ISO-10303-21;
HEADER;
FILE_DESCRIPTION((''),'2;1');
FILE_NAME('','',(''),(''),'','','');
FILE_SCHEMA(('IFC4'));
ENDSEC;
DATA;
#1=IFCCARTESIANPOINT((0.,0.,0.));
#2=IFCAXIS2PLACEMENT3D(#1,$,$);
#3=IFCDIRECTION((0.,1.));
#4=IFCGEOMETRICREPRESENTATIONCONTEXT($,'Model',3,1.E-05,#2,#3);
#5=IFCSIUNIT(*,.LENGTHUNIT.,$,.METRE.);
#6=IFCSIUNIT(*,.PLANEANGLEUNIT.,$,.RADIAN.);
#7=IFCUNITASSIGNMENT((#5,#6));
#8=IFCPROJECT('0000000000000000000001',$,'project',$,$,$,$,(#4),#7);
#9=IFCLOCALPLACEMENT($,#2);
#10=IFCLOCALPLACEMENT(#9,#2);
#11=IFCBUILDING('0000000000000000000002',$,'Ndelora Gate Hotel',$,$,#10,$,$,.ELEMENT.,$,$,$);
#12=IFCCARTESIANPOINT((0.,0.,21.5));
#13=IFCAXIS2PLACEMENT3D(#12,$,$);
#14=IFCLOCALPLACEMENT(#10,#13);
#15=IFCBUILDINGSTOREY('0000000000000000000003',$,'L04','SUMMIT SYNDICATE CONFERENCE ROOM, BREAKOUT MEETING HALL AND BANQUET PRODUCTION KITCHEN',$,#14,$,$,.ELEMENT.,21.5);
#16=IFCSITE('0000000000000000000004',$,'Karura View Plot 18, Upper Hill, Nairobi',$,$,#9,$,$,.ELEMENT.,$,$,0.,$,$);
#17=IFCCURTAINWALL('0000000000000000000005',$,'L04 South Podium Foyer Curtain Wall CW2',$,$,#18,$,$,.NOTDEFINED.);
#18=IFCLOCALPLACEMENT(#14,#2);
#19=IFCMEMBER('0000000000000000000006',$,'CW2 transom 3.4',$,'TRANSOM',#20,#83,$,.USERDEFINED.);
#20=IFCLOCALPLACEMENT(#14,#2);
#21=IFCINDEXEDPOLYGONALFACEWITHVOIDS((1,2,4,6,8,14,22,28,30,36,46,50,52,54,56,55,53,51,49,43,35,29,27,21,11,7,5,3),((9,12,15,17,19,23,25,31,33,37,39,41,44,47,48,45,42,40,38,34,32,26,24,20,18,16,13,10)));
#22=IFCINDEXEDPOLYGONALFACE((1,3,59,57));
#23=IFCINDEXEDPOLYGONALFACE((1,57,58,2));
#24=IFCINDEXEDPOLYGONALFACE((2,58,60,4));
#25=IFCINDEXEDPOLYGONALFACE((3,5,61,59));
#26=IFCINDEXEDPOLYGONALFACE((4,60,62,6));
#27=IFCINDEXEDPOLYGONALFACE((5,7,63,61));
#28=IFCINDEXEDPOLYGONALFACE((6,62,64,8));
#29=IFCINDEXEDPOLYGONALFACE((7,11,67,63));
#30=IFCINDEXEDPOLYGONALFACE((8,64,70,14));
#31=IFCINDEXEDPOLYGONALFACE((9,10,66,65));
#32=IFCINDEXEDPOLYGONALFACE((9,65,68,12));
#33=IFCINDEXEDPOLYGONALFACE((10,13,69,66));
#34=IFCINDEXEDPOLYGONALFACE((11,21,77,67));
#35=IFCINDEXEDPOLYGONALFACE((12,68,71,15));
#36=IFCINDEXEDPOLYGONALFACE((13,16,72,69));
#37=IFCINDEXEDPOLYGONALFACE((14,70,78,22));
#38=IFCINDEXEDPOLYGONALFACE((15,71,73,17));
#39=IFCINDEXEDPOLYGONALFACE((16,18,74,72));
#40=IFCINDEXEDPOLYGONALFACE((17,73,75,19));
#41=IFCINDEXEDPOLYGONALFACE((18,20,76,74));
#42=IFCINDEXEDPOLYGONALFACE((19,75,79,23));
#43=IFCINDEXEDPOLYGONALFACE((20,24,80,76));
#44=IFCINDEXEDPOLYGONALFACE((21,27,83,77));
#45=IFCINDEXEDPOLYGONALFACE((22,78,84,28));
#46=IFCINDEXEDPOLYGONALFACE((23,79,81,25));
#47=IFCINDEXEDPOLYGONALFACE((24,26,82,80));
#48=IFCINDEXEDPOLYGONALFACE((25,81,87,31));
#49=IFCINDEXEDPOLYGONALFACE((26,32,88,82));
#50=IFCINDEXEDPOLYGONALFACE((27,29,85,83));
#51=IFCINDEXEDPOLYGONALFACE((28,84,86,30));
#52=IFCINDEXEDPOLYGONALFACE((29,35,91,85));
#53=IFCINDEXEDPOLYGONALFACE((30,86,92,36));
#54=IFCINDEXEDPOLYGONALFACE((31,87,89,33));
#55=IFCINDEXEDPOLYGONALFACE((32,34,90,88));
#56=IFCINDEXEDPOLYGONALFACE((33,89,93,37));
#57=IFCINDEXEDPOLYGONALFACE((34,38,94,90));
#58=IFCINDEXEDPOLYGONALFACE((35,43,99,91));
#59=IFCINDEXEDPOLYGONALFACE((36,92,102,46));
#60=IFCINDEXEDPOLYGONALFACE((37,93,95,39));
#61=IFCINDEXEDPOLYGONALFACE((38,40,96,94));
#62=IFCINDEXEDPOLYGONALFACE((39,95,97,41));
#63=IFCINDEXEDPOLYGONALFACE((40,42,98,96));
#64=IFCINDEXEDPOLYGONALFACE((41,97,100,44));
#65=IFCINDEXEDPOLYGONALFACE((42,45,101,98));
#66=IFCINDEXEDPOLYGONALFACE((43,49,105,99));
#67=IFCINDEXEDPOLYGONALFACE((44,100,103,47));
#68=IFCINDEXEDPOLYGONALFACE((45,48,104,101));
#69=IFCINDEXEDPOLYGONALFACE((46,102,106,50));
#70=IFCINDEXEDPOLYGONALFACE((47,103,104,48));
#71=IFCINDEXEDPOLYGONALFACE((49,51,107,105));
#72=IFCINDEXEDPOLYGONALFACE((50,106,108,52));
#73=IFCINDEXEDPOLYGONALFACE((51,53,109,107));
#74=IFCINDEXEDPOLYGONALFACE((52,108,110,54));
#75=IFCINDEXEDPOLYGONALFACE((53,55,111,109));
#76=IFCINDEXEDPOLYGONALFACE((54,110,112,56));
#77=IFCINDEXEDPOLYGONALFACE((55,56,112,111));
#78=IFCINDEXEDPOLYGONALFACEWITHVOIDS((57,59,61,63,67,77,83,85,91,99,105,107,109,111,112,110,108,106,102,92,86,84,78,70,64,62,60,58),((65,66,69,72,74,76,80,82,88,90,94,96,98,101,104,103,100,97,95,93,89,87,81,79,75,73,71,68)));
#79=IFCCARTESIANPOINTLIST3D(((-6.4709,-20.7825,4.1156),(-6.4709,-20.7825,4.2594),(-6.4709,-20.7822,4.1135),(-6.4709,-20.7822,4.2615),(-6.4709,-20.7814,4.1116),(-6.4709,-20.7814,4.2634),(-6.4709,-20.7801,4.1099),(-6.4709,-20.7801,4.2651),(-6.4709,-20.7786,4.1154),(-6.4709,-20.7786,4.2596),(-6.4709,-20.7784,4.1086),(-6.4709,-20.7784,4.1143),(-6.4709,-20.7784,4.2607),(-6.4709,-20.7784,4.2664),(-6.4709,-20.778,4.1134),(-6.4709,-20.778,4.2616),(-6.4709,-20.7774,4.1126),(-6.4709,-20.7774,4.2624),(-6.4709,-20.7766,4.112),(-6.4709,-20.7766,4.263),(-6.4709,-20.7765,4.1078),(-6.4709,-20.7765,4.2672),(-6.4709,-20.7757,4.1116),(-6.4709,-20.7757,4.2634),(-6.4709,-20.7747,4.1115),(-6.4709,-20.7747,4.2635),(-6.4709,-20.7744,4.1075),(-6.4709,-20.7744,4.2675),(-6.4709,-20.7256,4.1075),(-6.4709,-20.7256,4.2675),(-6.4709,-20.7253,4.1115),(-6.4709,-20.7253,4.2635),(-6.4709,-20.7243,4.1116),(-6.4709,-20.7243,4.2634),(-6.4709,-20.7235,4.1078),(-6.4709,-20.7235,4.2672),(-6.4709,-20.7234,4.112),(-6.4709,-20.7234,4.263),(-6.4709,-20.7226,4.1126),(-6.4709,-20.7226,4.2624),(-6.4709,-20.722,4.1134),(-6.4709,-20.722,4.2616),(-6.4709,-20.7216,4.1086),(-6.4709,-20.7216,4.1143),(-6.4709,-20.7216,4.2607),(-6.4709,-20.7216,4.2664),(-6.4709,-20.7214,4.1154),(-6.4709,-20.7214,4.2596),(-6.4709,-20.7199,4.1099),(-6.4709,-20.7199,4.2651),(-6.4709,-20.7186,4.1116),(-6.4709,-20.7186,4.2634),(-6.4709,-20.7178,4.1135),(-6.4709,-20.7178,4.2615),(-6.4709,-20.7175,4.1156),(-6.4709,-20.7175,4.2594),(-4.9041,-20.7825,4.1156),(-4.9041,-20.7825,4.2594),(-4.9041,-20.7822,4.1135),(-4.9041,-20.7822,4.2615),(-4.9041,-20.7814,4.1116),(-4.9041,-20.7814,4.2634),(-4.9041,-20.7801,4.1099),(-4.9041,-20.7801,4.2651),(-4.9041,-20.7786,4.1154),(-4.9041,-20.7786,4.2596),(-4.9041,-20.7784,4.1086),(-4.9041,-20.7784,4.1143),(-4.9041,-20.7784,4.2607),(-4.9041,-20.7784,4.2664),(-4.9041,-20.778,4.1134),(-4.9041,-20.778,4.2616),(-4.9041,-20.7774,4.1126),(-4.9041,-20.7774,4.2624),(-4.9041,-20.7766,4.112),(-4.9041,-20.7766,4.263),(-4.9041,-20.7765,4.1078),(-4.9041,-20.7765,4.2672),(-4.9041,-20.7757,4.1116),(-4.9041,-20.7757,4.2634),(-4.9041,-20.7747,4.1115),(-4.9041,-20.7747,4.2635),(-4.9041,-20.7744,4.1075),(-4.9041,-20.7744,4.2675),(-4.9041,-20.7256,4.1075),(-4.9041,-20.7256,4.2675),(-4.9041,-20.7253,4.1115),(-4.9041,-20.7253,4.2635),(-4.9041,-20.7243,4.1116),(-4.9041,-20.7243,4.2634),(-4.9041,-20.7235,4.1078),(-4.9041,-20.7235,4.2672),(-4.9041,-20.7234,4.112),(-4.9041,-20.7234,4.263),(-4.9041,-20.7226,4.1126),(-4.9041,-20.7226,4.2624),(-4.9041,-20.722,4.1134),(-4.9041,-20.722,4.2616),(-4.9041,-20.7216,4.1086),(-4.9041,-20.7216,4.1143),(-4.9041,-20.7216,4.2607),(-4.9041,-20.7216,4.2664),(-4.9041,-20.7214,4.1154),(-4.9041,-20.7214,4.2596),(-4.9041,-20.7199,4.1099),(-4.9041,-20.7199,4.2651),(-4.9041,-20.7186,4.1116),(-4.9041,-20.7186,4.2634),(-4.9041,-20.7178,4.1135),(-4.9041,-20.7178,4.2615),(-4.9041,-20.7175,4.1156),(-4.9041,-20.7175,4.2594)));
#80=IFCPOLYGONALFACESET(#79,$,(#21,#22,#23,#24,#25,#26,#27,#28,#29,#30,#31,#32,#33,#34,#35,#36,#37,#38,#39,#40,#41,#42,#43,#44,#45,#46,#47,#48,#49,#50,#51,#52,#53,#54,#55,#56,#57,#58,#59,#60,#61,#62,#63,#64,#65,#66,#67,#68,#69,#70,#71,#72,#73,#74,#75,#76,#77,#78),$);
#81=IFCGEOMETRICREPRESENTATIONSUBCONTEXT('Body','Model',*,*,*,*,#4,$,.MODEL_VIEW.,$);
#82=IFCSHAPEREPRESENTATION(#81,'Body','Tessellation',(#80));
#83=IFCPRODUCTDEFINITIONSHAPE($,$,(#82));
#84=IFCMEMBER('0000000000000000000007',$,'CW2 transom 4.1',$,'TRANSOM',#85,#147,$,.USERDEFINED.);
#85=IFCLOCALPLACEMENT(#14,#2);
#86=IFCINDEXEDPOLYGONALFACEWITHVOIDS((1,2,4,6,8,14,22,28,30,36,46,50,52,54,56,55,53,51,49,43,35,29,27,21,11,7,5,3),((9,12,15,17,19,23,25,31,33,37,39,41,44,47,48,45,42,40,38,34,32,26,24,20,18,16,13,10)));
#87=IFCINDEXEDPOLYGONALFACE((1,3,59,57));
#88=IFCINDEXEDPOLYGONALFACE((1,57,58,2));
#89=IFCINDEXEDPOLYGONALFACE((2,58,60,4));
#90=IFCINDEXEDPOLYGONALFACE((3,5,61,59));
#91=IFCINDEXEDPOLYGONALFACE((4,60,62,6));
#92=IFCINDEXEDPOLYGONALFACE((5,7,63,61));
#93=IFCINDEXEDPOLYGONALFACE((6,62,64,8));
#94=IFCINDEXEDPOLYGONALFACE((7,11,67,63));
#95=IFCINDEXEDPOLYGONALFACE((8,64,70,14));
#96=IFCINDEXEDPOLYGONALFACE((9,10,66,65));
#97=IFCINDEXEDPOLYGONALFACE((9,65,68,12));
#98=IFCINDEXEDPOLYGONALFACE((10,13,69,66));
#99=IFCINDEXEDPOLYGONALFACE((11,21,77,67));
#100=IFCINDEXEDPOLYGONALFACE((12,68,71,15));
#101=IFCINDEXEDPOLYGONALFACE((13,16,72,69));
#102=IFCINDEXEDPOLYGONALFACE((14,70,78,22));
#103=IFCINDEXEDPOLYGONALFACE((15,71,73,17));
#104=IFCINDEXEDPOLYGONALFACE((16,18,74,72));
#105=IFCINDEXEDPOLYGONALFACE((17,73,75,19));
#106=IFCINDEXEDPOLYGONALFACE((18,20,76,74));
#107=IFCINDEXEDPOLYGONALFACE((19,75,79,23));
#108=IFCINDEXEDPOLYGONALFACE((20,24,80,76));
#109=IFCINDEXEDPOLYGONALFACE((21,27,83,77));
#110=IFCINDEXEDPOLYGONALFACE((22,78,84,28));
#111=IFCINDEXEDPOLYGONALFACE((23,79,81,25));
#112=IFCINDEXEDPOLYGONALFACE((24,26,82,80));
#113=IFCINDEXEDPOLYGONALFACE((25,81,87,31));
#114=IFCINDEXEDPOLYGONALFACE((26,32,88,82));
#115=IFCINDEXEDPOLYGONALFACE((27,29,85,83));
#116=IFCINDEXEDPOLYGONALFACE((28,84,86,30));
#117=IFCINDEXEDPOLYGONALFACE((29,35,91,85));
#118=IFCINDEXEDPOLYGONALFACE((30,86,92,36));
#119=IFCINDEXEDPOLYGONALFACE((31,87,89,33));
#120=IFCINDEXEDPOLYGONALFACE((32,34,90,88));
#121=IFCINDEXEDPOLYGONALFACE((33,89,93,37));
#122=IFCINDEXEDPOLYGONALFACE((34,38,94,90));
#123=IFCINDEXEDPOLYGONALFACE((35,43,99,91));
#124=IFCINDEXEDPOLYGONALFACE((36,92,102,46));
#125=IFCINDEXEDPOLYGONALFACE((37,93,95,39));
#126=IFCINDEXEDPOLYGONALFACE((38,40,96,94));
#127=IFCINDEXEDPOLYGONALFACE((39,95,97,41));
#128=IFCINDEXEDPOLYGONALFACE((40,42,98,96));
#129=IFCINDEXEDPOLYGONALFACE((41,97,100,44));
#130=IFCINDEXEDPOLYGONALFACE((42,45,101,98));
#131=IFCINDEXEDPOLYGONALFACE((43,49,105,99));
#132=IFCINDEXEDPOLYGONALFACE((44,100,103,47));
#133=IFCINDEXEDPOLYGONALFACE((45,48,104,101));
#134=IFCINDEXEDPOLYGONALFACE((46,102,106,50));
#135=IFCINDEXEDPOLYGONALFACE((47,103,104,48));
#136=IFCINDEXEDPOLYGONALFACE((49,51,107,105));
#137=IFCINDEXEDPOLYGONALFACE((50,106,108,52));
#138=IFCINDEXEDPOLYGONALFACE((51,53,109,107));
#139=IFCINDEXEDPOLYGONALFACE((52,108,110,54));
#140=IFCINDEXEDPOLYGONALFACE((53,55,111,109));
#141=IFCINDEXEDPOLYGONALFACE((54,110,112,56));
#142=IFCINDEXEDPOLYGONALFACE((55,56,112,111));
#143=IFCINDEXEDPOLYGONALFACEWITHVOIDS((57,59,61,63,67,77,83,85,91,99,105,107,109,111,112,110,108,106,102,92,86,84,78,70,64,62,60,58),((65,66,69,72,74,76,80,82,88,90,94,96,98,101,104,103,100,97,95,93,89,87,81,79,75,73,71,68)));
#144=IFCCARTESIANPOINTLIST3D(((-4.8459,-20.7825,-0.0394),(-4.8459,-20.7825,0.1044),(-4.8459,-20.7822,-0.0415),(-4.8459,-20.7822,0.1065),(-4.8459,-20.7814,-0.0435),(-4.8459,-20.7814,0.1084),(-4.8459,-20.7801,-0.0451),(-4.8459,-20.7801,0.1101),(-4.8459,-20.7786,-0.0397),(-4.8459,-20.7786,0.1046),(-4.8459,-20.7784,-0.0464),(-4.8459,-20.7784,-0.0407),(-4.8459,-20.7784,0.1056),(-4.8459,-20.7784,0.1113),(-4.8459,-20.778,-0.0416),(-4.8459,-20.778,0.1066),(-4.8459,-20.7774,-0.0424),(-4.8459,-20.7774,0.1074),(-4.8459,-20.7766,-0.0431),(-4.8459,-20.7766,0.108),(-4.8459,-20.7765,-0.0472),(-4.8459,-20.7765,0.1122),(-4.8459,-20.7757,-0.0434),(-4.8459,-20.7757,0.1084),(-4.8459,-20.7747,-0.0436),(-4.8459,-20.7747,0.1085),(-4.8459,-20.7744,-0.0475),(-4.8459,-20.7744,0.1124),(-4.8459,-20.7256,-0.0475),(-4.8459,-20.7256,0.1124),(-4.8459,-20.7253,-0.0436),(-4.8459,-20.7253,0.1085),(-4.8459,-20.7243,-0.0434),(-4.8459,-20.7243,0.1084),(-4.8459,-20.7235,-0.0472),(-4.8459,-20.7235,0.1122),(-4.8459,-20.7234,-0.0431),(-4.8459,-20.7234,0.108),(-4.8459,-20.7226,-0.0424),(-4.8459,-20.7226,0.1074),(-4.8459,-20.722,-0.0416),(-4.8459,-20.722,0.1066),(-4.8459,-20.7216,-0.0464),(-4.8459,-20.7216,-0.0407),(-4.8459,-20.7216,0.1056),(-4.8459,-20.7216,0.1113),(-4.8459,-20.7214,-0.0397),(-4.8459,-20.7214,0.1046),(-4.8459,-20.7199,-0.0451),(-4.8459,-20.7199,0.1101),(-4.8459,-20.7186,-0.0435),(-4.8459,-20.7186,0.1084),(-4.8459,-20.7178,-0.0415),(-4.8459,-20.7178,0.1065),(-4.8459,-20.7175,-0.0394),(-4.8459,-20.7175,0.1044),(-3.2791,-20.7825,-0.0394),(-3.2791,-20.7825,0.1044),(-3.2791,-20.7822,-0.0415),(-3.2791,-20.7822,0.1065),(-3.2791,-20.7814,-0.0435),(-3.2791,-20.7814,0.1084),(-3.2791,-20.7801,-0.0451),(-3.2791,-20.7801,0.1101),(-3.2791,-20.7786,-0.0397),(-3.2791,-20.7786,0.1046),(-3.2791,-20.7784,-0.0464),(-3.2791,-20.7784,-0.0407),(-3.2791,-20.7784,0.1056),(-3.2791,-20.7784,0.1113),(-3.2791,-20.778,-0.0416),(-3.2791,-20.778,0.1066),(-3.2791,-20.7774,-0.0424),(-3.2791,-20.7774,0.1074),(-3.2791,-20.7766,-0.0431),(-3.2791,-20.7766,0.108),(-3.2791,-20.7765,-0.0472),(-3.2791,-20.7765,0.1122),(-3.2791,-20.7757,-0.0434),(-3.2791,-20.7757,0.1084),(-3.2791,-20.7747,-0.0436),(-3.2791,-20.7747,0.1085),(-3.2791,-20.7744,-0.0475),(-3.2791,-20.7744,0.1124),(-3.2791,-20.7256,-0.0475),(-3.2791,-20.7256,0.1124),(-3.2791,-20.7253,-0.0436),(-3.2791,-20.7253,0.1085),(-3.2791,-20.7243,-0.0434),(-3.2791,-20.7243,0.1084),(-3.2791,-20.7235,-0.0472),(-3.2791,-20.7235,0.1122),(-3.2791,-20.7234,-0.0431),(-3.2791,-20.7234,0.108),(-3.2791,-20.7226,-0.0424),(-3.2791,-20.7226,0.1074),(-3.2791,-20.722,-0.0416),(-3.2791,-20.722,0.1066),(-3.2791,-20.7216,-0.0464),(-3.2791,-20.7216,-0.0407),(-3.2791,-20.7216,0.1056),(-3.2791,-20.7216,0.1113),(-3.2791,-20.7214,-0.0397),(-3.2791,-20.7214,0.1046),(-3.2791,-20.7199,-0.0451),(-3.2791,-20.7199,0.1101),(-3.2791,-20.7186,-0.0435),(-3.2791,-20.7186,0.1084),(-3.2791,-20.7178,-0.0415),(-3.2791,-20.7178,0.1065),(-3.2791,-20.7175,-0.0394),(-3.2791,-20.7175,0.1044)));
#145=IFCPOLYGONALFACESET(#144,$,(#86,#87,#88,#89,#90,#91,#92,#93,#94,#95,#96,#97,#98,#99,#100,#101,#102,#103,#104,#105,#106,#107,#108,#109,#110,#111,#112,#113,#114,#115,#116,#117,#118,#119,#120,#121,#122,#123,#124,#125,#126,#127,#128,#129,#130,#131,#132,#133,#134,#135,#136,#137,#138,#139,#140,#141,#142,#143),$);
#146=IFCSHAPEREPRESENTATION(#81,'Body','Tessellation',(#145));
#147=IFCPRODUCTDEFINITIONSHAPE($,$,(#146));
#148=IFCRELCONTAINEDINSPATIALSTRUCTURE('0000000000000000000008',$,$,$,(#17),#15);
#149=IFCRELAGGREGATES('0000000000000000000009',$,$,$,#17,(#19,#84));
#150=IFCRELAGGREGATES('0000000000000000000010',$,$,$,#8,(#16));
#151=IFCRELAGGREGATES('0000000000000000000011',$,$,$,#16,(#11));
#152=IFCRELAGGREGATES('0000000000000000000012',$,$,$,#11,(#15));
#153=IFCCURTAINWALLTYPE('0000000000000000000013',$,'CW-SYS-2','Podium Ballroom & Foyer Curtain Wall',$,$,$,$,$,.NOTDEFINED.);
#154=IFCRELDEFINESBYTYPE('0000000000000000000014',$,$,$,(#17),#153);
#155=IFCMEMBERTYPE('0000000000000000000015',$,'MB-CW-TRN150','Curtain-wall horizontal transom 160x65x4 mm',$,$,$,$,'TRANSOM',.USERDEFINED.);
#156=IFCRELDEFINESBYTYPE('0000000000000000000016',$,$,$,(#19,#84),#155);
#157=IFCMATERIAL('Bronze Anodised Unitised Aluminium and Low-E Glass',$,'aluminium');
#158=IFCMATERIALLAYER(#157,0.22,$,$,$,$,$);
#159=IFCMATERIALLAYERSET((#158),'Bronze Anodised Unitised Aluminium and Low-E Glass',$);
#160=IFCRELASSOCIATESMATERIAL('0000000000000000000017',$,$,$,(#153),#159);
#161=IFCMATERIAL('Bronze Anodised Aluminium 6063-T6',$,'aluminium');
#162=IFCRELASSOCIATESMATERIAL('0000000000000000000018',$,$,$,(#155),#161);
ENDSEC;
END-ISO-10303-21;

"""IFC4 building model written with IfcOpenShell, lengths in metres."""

from ifc_helpers import new_model, si_unit, direction, frame, origin, origin_2d, place, context, subcontext, project, spatial, hollow_rectangle, extrude, material, layer, layer_set, material_profile, profile_set, type_object, element, aggregate, save


model = new_model("IFC4")

# Units and contexts
model_context = context("Model", 3, precision=1e-05, world=origin(), true_north=direction((0.0, 1.0)))
body_context = subcontext(model_context, "Body", "Model", "MODEL_VIEW")
ifc_project = project(units=[si_unit("LENGTHUNIT", "METRE"), si_unit("PLANEANGLEUNIT", "RADIAN")], contexts=[model_context])

# Site, building, storey
site_placement = place(None, origin())
site = spatial("IfcSite", under=ifc_project, at=site_placement, Name="Karura View Plot 18, Upper Hill, Nairobi", CompositionType="ELEMENT", RefElevation=0.0)
building_placement = place(site_placement, origin())
building = spatial("IfcBuilding", under=site, at=building_placement, Name="Ndelora Gate Hotel", CompositionType="ELEMENT")
storey_placement = place(building_placement, frame((0.0, 0.0, 21.5)))
storey = spatial("IfcBuildingStorey", under=building, at=storey_placement, Name="L04", Description="SUMMIT SYNDICATE CONFERENCE ROOM, BREAKOUT MEETING HALL AND BANQUET PRODUCTION KITCHEN", CompositionType="ELEMENT", Elevation=21.5)

# Curtain wall, members
ifc_material_1 = material(Name="Bronze Anodised Unitised Aluminium and Low-E Glass", Category="aluminium")
ifc_layer_1 = layer(ifc_material_1, 0.22)
ifc_layer_set_1 = layer_set([ifc_layer_1], Name="Bronze Anodised Unitised Aluminium and Low-E Glass")
curtain_wall_type = type_object("IfcCurtainWallType", Name="CW-SYS-2", Description="Podium Ballroom & Foyer Curtain Wall", PredefinedType="NOTDEFINED", material=ifc_layer_set_1)
curtain_wall_placement = place(storey_placement, origin())
curtain_wall = element("IfcCurtainWall", 1, at=curtain_wall_placement, inside=storey, type_object=curtain_wall_type, Name="L04 South Podium Foyer Curtain Wall CW2", PredefinedType="NOTDEFINED")
ifc_material_2 = material(Name="Bronze Anodised Aluminium 6063-T6", Category="aluminium")
ifc_material_profile_1 = material_profile(ifc_material_2, hollow_rectangle(XDim=0.0649, YDim=0.1599, WallThickness=0.0039, InnerFilletRadius=0.0039, OuterFilletRadius=0.0081, at=origin_2d()), Name="ALU 160x65x4")
ifc_profile_set_1 = profile_set([ifc_material_profile_1], Name="Bronze Anodised Aluminium 6063-T6")
member_type_1 = type_object("IfcMemberType", Name="MB-CW-TRN150", Description="Curtain-wall horizontal transom 160x65x4 mm", ElementType="TRANSOM", PredefinedType="USERDEFINED", material=ifc_profile_set_1)
member_1_placement = place(storey_placement, frame((-6.4709, -20.75, 4.1875), z_axis=(1.0, 0.0, 0.0), x_axis=(0.0, 1.0, 0.0)))
member_1 = element("IfcMember", 2, at=member_1_placement, type_object=member_type_1, Name="CW2 transom 3.4", ObjectType="TRANSOM", PredefinedType="USERDEFINED", context=body_context, shape_type="SweptSolid", body=[
    extrude(hollow_rectangle(XDim=0.0649, YDim=0.1599, WallThickness=0.0039, InnerFilletRadius=0.0039, OuterFilletRadius=0.0081, at=origin_2d()), origin(), (0.0, 0.0, 1.0), 1.5669),
])
member_2_placement = place(storey_placement, frame((-4.8459, -20.75, 0.0325), z_axis=(1.0, 0.0, 0.0), x_axis=(0.0, 1.0, 0.0)))
member_2 = element("IfcMember", 3, at=member_2_placement, type_object=member_type_1, Name="CW2 transom 4.1", ObjectType="TRANSOM", PredefinedType="USERDEFINED", context=body_context, shape_type="SweptSolid", body=[
    extrude(hollow_rectangle(XDim=0.0649, YDim=0.1599, WallThickness=0.0039, InnerFilletRadius=0.0039, OuterFilletRadius=0.0081, at=origin_2d()), origin(), (0.0, 0.0, 1.0), 1.5669),
])
aggregate(curtain_wall, [member_1, member_2])

save(model, "model.ifc")
